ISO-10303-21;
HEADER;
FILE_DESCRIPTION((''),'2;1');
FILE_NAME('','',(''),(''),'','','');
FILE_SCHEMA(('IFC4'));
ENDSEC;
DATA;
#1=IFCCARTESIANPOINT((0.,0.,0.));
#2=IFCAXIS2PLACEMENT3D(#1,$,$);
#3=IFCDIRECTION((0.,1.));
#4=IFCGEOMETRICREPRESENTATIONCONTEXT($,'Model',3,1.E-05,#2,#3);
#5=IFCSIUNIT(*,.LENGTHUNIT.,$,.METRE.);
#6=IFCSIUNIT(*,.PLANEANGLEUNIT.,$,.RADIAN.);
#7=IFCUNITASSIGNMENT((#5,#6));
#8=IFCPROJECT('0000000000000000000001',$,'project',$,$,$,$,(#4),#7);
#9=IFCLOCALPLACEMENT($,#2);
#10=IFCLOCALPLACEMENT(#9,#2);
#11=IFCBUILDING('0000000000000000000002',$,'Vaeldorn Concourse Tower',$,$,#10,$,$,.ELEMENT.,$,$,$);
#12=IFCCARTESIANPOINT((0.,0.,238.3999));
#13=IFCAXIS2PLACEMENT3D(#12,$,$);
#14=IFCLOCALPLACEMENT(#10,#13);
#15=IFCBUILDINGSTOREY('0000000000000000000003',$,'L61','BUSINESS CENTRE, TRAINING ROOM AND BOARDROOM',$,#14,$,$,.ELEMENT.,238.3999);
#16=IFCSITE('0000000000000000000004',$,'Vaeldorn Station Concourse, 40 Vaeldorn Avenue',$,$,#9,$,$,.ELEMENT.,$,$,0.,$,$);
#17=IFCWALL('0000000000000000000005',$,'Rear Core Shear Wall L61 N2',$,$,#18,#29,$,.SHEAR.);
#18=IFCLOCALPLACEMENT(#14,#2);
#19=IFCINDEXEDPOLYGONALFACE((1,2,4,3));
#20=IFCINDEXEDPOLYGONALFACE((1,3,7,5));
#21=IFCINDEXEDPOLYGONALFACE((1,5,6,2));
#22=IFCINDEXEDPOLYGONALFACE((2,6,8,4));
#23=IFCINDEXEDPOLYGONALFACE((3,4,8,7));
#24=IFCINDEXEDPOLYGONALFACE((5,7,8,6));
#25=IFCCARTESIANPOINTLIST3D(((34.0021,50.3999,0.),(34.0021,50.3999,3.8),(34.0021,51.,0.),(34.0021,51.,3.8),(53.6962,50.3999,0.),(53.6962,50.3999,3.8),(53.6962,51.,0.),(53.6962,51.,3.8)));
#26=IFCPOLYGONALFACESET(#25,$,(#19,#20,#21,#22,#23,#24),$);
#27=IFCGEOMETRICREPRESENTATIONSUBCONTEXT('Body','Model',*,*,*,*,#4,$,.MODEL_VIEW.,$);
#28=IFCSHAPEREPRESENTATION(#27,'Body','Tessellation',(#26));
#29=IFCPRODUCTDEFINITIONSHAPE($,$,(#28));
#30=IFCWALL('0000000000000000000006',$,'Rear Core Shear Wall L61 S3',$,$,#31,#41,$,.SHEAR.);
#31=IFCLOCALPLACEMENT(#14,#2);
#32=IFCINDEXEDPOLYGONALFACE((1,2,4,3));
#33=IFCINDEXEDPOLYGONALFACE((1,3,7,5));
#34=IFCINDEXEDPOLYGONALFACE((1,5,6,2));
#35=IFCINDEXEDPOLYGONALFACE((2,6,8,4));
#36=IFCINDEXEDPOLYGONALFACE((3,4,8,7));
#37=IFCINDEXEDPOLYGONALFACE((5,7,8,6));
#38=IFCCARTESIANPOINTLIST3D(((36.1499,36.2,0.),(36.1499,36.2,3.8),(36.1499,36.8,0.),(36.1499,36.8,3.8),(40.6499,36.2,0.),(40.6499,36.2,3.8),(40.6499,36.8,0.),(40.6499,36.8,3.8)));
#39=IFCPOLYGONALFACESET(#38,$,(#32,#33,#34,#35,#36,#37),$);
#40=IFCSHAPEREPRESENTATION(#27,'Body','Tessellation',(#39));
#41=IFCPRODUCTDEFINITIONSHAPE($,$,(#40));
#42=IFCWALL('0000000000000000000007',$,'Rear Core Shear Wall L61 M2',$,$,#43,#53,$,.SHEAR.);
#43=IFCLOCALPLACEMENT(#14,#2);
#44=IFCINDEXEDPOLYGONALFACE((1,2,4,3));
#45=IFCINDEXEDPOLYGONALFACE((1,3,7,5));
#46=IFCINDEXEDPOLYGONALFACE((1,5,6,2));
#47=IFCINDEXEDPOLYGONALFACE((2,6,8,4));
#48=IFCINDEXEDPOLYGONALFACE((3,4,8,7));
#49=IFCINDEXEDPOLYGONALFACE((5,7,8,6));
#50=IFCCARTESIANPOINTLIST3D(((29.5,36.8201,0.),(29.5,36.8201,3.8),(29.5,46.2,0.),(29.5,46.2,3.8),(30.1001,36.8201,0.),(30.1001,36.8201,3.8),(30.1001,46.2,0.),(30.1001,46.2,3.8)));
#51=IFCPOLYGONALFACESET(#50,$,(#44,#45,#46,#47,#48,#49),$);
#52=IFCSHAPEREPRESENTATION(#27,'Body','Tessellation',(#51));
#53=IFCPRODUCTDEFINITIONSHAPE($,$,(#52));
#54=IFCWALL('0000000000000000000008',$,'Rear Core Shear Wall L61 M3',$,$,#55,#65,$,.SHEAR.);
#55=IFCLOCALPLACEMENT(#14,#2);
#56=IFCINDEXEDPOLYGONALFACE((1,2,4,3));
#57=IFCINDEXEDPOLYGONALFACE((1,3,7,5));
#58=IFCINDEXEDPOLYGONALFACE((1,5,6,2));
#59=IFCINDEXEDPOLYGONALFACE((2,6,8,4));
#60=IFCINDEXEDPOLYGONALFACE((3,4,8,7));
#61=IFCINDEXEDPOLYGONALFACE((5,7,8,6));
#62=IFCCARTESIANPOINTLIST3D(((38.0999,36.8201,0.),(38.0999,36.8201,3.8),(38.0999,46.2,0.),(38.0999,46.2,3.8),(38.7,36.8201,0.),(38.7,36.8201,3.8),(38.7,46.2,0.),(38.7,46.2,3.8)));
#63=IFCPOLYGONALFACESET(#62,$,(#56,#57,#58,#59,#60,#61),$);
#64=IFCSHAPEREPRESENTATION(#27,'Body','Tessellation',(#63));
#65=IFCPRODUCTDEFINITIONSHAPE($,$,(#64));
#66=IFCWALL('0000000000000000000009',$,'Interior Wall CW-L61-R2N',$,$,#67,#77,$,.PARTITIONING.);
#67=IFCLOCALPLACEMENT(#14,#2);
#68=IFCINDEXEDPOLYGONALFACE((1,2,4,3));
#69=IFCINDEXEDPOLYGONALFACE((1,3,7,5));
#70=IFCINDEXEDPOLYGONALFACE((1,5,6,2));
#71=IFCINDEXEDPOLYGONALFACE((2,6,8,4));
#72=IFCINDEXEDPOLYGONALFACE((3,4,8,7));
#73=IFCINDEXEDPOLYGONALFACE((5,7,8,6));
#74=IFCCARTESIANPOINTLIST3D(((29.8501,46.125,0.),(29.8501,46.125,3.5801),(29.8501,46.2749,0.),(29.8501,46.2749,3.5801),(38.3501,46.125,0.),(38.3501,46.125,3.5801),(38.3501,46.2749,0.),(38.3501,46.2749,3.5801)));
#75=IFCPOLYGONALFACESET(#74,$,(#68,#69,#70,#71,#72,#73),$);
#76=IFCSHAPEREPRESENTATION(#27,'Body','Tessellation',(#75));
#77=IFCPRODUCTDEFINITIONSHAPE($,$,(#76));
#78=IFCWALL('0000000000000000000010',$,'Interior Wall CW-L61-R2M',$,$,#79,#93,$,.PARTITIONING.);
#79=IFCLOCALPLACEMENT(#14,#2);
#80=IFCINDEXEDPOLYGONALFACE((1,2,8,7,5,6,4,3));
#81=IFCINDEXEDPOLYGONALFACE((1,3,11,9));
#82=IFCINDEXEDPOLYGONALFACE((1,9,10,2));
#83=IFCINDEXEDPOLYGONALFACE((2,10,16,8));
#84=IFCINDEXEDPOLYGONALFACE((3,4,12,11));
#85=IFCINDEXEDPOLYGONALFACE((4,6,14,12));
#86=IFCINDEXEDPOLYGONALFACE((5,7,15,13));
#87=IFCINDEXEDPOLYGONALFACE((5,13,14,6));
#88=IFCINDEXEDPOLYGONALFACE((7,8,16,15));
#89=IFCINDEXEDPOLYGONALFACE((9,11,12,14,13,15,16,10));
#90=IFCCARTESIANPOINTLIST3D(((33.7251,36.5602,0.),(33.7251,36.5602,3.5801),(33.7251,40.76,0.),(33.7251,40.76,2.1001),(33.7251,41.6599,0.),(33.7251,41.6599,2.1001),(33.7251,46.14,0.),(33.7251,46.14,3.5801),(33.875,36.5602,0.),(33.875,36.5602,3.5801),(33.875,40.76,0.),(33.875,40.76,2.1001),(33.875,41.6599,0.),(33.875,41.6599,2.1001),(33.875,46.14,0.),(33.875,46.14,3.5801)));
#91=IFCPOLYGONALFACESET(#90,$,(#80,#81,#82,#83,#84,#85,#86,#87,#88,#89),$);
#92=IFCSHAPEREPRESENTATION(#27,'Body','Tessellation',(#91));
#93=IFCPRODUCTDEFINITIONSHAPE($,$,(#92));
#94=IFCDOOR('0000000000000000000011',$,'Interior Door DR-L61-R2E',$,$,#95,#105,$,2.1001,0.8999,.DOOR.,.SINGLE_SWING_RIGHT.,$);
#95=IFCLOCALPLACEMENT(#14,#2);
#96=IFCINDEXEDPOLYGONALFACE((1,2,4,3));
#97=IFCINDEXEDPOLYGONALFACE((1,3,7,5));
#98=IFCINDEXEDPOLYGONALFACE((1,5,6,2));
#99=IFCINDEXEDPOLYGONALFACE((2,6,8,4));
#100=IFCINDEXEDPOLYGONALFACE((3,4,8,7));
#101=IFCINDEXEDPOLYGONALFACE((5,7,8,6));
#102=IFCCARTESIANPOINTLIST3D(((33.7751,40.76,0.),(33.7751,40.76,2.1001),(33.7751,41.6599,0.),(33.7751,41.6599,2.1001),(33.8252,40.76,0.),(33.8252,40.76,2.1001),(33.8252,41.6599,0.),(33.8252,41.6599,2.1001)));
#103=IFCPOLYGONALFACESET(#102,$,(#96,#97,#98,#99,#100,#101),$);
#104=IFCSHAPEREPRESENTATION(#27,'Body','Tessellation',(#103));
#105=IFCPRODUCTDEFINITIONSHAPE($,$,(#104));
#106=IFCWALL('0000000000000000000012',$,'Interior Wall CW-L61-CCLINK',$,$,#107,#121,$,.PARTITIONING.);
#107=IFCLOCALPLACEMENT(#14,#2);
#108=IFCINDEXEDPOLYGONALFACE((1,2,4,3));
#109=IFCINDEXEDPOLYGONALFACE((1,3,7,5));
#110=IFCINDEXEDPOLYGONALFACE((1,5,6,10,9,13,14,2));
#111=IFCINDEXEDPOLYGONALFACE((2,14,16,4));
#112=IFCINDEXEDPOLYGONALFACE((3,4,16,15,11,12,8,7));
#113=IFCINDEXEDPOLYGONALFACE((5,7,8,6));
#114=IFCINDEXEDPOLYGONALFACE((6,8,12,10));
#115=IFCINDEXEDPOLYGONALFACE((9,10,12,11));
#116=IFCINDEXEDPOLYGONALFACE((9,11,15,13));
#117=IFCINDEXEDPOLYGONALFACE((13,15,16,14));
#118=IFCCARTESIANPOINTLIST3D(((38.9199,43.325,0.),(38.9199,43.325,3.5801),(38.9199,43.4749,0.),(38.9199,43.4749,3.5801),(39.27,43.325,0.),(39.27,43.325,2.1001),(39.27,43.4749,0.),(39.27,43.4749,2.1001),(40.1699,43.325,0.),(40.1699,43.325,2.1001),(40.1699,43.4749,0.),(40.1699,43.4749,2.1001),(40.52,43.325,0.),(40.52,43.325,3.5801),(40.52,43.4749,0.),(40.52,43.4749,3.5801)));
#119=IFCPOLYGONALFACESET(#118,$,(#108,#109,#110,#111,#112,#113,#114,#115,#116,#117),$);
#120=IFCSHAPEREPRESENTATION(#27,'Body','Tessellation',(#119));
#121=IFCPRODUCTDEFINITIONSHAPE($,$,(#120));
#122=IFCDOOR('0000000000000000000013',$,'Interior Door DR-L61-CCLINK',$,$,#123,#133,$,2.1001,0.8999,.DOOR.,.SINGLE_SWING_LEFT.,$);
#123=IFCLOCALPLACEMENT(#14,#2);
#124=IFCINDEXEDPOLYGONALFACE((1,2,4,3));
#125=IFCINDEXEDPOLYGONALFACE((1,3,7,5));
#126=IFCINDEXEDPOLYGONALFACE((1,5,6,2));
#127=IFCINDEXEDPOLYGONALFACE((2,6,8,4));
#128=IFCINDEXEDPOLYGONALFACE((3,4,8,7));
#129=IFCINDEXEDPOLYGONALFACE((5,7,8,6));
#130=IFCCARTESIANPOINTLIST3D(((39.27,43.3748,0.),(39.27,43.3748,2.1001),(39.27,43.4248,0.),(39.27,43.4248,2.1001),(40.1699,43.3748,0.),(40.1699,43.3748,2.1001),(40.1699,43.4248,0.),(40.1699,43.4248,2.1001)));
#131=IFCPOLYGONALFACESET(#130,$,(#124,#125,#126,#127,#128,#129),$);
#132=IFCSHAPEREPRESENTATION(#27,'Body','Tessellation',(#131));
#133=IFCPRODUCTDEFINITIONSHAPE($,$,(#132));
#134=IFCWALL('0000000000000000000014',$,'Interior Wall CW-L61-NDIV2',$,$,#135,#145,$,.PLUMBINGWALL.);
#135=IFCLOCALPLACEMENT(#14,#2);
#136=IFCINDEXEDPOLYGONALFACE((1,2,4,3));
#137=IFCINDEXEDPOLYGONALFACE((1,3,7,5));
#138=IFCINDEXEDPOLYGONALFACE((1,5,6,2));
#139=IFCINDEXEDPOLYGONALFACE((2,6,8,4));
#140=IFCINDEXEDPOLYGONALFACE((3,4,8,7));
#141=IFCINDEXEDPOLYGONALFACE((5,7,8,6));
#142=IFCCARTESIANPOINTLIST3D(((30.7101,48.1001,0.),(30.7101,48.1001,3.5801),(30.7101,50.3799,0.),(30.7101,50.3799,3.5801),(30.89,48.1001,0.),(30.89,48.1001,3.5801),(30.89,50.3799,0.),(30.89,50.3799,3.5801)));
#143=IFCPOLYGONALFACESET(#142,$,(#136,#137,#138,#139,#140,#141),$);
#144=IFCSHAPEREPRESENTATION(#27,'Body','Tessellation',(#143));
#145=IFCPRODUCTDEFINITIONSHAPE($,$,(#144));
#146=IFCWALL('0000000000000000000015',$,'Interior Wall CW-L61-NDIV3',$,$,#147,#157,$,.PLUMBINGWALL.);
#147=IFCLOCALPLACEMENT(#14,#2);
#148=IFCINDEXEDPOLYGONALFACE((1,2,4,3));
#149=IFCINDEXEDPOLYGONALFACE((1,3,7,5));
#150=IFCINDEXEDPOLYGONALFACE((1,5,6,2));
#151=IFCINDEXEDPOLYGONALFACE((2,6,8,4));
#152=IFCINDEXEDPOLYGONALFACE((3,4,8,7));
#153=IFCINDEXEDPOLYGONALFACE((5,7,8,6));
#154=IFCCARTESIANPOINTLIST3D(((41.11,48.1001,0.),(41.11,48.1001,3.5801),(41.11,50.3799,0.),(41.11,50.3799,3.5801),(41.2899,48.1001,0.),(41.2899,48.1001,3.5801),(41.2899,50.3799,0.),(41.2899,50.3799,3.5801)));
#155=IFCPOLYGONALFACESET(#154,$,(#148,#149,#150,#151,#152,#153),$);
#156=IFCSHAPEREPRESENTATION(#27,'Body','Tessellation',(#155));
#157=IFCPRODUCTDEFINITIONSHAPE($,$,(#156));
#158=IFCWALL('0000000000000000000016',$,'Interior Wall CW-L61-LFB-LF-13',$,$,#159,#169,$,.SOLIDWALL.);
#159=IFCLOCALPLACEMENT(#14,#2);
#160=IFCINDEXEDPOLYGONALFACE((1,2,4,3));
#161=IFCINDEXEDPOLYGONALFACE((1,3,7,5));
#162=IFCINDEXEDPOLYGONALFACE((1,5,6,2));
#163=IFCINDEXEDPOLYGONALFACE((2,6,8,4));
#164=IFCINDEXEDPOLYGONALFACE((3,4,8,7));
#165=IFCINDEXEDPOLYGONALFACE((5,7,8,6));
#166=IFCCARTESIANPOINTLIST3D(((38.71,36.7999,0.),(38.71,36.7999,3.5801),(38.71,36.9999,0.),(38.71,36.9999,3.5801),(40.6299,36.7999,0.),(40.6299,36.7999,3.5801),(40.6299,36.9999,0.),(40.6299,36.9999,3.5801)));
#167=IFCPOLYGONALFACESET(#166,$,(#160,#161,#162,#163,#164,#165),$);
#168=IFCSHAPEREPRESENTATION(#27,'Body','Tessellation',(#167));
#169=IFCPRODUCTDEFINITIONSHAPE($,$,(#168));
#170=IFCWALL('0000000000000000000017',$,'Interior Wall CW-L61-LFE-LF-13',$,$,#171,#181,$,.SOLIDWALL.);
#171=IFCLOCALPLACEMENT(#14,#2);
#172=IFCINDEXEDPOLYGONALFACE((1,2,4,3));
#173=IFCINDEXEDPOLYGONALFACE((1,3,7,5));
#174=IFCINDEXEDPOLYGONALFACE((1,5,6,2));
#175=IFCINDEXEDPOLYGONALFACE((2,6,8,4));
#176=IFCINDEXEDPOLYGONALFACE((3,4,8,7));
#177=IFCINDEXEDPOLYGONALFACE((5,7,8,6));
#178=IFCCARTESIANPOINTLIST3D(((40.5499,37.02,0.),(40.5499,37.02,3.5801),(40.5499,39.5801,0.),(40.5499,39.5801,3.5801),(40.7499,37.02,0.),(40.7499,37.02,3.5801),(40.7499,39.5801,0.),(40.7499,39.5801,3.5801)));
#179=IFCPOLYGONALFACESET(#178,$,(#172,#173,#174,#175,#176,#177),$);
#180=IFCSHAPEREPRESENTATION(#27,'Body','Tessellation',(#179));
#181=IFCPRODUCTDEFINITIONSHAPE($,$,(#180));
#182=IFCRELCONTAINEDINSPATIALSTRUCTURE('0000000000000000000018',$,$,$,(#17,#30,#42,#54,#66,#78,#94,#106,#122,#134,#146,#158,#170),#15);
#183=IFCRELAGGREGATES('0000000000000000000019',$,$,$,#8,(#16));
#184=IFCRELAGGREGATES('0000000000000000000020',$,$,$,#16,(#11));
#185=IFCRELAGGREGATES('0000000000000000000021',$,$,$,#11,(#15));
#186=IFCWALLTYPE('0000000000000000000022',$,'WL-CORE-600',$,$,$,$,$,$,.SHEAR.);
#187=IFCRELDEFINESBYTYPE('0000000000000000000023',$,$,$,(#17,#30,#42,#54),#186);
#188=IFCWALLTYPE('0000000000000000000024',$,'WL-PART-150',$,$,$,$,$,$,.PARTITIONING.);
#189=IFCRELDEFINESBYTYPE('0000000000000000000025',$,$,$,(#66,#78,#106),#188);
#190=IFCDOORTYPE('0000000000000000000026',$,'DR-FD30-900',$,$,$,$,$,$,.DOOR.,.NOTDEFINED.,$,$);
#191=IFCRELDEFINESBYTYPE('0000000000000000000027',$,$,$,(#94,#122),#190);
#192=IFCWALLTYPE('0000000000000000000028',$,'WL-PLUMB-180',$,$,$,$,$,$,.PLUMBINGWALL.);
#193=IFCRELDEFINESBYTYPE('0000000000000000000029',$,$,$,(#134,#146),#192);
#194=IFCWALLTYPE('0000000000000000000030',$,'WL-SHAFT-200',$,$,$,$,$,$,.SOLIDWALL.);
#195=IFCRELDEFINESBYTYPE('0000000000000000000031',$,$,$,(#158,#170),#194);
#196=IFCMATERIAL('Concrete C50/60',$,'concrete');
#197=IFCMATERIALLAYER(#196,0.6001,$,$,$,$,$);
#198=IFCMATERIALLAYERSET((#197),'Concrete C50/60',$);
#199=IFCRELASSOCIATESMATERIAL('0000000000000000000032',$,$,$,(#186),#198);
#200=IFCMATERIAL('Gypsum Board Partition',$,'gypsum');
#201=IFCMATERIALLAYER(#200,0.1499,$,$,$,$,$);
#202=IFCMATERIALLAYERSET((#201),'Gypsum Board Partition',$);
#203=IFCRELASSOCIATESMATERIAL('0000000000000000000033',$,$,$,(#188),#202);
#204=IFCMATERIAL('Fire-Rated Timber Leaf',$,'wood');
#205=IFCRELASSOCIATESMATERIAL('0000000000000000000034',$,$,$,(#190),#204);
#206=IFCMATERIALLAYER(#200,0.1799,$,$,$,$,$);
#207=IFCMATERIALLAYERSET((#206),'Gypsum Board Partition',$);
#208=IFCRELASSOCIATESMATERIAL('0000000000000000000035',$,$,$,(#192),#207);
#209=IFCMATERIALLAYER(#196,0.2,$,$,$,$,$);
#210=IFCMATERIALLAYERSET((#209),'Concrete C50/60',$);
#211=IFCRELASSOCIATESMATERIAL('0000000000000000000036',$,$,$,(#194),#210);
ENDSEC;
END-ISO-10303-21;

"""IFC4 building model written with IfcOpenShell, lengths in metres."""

from ifc_helpers import new_model, si_unit, direction, frame, frame_2d, origin, place, context, subcontext, project, spatial, rectangle, extrude, source, transform, mapped, material, layer, layer_set, type_object, element, fill, save


model = new_model("IFC4")

# Units and contexts
model_context = context("Model", 3, precision=1e-05, world=origin(), true_north=direction((0.0, 1.0)))
body_context = subcontext(model_context, "Body", "Model", "MODEL_VIEW")
ifc_project = project(units=[si_unit("LENGTHUNIT", "METRE"), si_unit("PLANEANGLEUNIT", "RADIAN")], contexts=[model_context])

# Site, building, storey
site_placement = place(None, origin())
site = spatial("IfcSite", under=ifc_project, at=site_placement, Name="Vaeldorn Station Concourse, 40 Vaeldorn Avenue", CompositionType="ELEMENT", RefElevation=0.0)
building_placement = place(site_placement, origin())
building = spatial("IfcBuilding", under=site, at=building_placement, Name="Vaeldorn Concourse Tower", CompositionType="ELEMENT")
storey_placement = place(building_placement, frame((0.0, 0.0, 238.3999)))
storey = spatial("IfcBuildingStorey", under=building, at=storey_placement, Name="L61", Description="BUSINESS CENTRE, TRAINING ROOM AND BOARDROOM", CompositionType="ELEMENT", Elevation=238.3999)

# Walls
ifc_material_1 = material(Name="Concrete C50/60", Category="concrete")
ifc_layer_1 = layer(ifc_material_1, 0.6001)
ifc_layer_set_1 = layer_set([ifc_layer_1], Name="Concrete C50/60")
wall_type_1 = type_object("IfcWallType", Name="WL-CORE-600", PredefinedType="SHEAR", material=ifc_layer_set_1)
wall_1_placement = place(storey_placement, frame((34.002, 50.7, 0.0), z_axis=(0.0, 0.0, 1.0), x_axis=(1.0, 0.0, 0.0)))
element("IfcWall", 1, at=wall_1_placement, inside=storey, type_object=wall_type_1, Name="Rear Core Shear Wall L61 N2", PredefinedType="SHEAR", context=body_context, shape_type="SweptSolid", body=[
    extrude(rectangle(XDim=19.6941, YDim=0.6001, at=frame_2d((9.8472, 0.0))), origin(), (0.0, 0.0, 1.0), 3.8),
])
wall_2_placement = place(storey_placement, frame((36.1499, 36.5, 0.0), z_axis=(0.0, 0.0, 1.0), x_axis=(1.0, 0.0, 0.0)))
element("IfcWall", 2, at=wall_2_placement, inside=storey, type_object=wall_type_1, Name="Rear Core Shear Wall L61 S3", PredefinedType="SHEAR", context=body_context, shape_type="SweptSolid", body=[
    extrude(rectangle(XDim=4.5, YDim=0.6001, at=frame_2d((2.25, 0.0))), origin(), (0.0, 0.0, 1.0), 3.8),
])
for number, where, z_axis, x_axis, name in (
    (3, (29.8, 36.8201, 0.0), (0.0, 0.0, 1.0), (0.0, 1.0, 0.0), "Rear Core Shear Wall L61 M2"),
    (4, (38.3999, 36.8201, 0.0), (0.0, 0.0, 1.0), (0.0, 1.0, 0.0), "Rear Core Shear Wall L61 M3"),
):
    element("IfcWall", number, at=place(storey_placement, frame(where, z_axis=z_axis, x_axis=x_axis)), inside=storey, type_object=wall_type_1, Name=name, PredefinedType="SHEAR", context=body_context, shape_type="SweptSolid", body=[
        extrude(rectangle(XDim=9.3799, YDim=0.6001, at=frame_2d((4.6899, 0.0))), origin(), (0.0, 0.0, 1.0), 3.8),
    ])
ifc_material_2 = material(Name="Gypsum Board Partition", Category="gypsum")
ifc_layer_2 = layer(ifc_material_2, 0.1499)
ifc_layer_set_2 = layer_set([ifc_layer_2], Name="Gypsum Board Partition")
wall_type_2 = type_object("IfcWallType", Name="WL-PART-150", PredefinedType="PARTITIONING", material=ifc_layer_set_2)
wall_3_placement = place(storey_placement, frame((29.8501, 46.2, 0.0), z_axis=(0.0, 0.0, 1.0), x_axis=(1.0, 0.0, 0.0)))
element("IfcWall", 5, at=wall_3_placement, inside=storey, type_object=wall_type_2, Name="Interior Wall CW-L61-R2N", PredefinedType="PARTITIONING", context=body_context, shape_type="SweptSolid", body=[
    extrude(rectangle(XDim=8.5, YDim=0.1499, at=frame_2d((4.25, 0.0))), origin(), (0.0, 0.0, 1.0), 3.5801),
])

# Walls, openings, doors
wall_4_placement = place(storey_placement, frame((33.8, 36.5601, 0.0), z_axis=(0.0, 0.0, 1.0), x_axis=(0.0, 1.0, 0.0)))
wall_4 = element("IfcWall", 6, at=wall_4_placement, inside=storey, type_object=wall_type_2, Name="Interior Wall CW-L61-R2M", PredefinedType="PARTITIONING", context=body_context, shape_type="SweptSolid", body=[
    extrude(rectangle(XDim=9.5798, YDim=0.1499, at=frame_2d((4.79, 0.0))), origin(), (0.0, 0.0, 1.0), 3.5801),
])
opening_1_placement = place(wall_4_placement, frame((4.2, 0.0, 0.0)))
opening_1 = element("IfcOpeningElement", 7, at=opening_1_placement, cuts=wall_4, PredefinedType="OPENING", context=body_context, shape_type="SweptSolid", body=[
    extrude(rectangle(XDim=0.8999, YDim=2.1001, at=frame_2d((0.45, 1.05))), frame((0.0, 0.085, 0.0), z_axis=(0.0, -1.0, 0.0), x_axis=(1.0, 0.0, 0.0)), (0.0, 0.0, 1.0), 0.1699),
])
ifc_material_3 = material(Name="Fire-Rated Timber Leaf", Category="wood")
door_type_1 = type_object("IfcDoorType", Name="DR-FD30-900", OperationType="NOTDEFINED", PredefinedType="DOOR", material=ifc_material_3)
shared_shape_1 = source(origin(), body_context, "Body", "SweptSolid", [
    extrude(rectangle(XDim=0.8999, YDim=2.1001, at=frame_2d((0.45, 1.05))), frame((0.0, 0.0249, 0.0), z_axis=(0.0, -1.0, 0.0), x_axis=(1.0, 0.0, 0.0)), (0.0, 0.0, 1.0), 0.05),
])
door_1_placement = place(opening_1_placement, origin())
door_1 = element("IfcDoor", 8, at=door_1_placement, inside=storey, type_object=door_type_1, Name="Interior Door DR-L61-R2E", OperationType="SINGLE_SWING_RIGHT", OverallHeight=2.1001, OverallWidth=0.8999, PredefinedType="DOOR", context=body_context, shape_type="MappedRepresentation", body=[
    mapped(shared_shape_1, transform((0.0, 0.0, 0.0), scale=1.0)),
])
fill(opening_1, door_1)
wall_5_placement = place(storey_placement, frame((38.9199, 43.3999, 0.0), z_axis=(0.0, 0.0, 1.0), x_axis=(1.0, 0.0, 0.0)))
wall_5 = element("IfcWall", 9, at=wall_5_placement, inside=storey, type_object=wall_type_2, Name="Interior Wall CW-L61-CCLINK", PredefinedType="PARTITIONING", context=body_context, shape_type="SweptSolid", body=[
    extrude(rectangle(XDim=1.6001, YDim=0.1499, at=frame_2d((0.8, 0.0))), origin(), (0.0, 0.0, 1.0), 3.5801),
])
opening_2_placement = place(wall_5_placement, frame((0.3501, 0.0, 0.0)))
opening_2 = element("IfcOpeningElement", 10, at=opening_2_placement, cuts=wall_5, PredefinedType="OPENING", context=body_context, shape_type="SweptSolid", body=[
    extrude(rectangle(XDim=0.8999, YDim=2.1001, at=frame_2d((0.45, 1.05))), frame((0.0, 0.085, 0.0), z_axis=(0.0, -1.0, 0.0), x_axis=(1.0, 0.0, 0.0)), (0.0, 0.0, 1.0), 0.1699),
])
door_2_placement = place(opening_2_placement, origin())
door_2 = element("IfcDoor", 11, at=door_2_placement, inside=storey, type_object=door_type_1, Name="Interior Door DR-L61-CCLINK", OperationType="SINGLE_SWING_LEFT", OverallHeight=2.1001, OverallWidth=0.8999, PredefinedType="DOOR", context=body_context, shape_type="MappedRepresentation", body=[
    mapped(shared_shape_1, transform((0.0, 0.0, 0.0), scale=1.0)),
])
fill(opening_2, door_2)

# Walls
ifc_layer_3 = layer(ifc_material_2, 0.1799)
ifc_layer_set_3 = layer_set([ifc_layer_3], Name="Gypsum Board Partition")
wall_type_3 = type_object("IfcWallType", Name="WL-PLUMB-180", PredefinedType="PLUMBINGWALL", material=ifc_layer_set_3)
for number, where, z_axis, x_axis, name in (
    (12, (30.8, 48.1001, 0.0), (0.0, 0.0, 1.0), (0.0, 1.0, 0.0), "Interior Wall CW-L61-NDIV2"),
    (13, (41.2, 48.1001, 0.0), (0.0, 0.0, 1.0), (0.0, 1.0, 0.0), "Interior Wall CW-L61-NDIV3"),
):
    element("IfcWall", number, at=place(storey_placement, frame(where, z_axis=z_axis, x_axis=x_axis)), inside=storey, type_object=wall_type_3, Name=name, PredefinedType="PLUMBINGWALL", context=body_context, shape_type="SweptSolid", body=[
        extrude(rectangle(XDim=2.2798, YDim=0.1799, at=frame_2d((1.1399, 0.0))), origin(), (0.0, 0.0, 1.0), 3.5801),
    ])

# Shared definitions
ifc_layer_4 = layer(ifc_material_1, 0.2)
ifc_layer_set_4 = layer_set([ifc_layer_4], Name="Concrete C50/60")
wall_type_4 = type_object("IfcWallType", Name="WL-SHAFT-200", PredefinedType="SOLIDWALL", material=ifc_layer_set_4)

# Walls
wall_6_placement = place(storey_placement, frame((38.71, 36.8999, 0.0), z_axis=(0.0, 0.0, 1.0), x_axis=(1.0, 0.0, 0.0)))
element("IfcWall", 14, at=wall_6_placement, inside=storey, type_object=wall_type_4, Name="Interior Wall CW-L61-LFB-LF-13", PredefinedType="SOLIDWALL", context=body_context, shape_type="SweptSolid", body=[
    extrude(rectangle(XDim=1.9199, YDim=0.2, at=frame_2d((0.96, 0.0))), origin(), (0.0, 0.0, 1.0), 3.5801),
])
wall_7_placement = place(storey_placement, frame((40.6499, 37.02, 0.0), z_axis=(0.0, 0.0, 1.0), x_axis=(0.0, 1.0, 0.0)))
element("IfcWall", 15, at=wall_7_placement, inside=storey, type_object=wall_type_4, Name="Interior Wall CW-L61-LFE-LF-13", PredefinedType="SOLIDWALL", context=body_context, shape_type="SweptSolid", body=[
    extrude(rectangle(XDim=2.5601, YDim=0.2, at=frame_2d((1.28, 0.0))), origin(), (0.0, 0.0, 1.0), 3.5801),
])

save(model, "model.ifc")
